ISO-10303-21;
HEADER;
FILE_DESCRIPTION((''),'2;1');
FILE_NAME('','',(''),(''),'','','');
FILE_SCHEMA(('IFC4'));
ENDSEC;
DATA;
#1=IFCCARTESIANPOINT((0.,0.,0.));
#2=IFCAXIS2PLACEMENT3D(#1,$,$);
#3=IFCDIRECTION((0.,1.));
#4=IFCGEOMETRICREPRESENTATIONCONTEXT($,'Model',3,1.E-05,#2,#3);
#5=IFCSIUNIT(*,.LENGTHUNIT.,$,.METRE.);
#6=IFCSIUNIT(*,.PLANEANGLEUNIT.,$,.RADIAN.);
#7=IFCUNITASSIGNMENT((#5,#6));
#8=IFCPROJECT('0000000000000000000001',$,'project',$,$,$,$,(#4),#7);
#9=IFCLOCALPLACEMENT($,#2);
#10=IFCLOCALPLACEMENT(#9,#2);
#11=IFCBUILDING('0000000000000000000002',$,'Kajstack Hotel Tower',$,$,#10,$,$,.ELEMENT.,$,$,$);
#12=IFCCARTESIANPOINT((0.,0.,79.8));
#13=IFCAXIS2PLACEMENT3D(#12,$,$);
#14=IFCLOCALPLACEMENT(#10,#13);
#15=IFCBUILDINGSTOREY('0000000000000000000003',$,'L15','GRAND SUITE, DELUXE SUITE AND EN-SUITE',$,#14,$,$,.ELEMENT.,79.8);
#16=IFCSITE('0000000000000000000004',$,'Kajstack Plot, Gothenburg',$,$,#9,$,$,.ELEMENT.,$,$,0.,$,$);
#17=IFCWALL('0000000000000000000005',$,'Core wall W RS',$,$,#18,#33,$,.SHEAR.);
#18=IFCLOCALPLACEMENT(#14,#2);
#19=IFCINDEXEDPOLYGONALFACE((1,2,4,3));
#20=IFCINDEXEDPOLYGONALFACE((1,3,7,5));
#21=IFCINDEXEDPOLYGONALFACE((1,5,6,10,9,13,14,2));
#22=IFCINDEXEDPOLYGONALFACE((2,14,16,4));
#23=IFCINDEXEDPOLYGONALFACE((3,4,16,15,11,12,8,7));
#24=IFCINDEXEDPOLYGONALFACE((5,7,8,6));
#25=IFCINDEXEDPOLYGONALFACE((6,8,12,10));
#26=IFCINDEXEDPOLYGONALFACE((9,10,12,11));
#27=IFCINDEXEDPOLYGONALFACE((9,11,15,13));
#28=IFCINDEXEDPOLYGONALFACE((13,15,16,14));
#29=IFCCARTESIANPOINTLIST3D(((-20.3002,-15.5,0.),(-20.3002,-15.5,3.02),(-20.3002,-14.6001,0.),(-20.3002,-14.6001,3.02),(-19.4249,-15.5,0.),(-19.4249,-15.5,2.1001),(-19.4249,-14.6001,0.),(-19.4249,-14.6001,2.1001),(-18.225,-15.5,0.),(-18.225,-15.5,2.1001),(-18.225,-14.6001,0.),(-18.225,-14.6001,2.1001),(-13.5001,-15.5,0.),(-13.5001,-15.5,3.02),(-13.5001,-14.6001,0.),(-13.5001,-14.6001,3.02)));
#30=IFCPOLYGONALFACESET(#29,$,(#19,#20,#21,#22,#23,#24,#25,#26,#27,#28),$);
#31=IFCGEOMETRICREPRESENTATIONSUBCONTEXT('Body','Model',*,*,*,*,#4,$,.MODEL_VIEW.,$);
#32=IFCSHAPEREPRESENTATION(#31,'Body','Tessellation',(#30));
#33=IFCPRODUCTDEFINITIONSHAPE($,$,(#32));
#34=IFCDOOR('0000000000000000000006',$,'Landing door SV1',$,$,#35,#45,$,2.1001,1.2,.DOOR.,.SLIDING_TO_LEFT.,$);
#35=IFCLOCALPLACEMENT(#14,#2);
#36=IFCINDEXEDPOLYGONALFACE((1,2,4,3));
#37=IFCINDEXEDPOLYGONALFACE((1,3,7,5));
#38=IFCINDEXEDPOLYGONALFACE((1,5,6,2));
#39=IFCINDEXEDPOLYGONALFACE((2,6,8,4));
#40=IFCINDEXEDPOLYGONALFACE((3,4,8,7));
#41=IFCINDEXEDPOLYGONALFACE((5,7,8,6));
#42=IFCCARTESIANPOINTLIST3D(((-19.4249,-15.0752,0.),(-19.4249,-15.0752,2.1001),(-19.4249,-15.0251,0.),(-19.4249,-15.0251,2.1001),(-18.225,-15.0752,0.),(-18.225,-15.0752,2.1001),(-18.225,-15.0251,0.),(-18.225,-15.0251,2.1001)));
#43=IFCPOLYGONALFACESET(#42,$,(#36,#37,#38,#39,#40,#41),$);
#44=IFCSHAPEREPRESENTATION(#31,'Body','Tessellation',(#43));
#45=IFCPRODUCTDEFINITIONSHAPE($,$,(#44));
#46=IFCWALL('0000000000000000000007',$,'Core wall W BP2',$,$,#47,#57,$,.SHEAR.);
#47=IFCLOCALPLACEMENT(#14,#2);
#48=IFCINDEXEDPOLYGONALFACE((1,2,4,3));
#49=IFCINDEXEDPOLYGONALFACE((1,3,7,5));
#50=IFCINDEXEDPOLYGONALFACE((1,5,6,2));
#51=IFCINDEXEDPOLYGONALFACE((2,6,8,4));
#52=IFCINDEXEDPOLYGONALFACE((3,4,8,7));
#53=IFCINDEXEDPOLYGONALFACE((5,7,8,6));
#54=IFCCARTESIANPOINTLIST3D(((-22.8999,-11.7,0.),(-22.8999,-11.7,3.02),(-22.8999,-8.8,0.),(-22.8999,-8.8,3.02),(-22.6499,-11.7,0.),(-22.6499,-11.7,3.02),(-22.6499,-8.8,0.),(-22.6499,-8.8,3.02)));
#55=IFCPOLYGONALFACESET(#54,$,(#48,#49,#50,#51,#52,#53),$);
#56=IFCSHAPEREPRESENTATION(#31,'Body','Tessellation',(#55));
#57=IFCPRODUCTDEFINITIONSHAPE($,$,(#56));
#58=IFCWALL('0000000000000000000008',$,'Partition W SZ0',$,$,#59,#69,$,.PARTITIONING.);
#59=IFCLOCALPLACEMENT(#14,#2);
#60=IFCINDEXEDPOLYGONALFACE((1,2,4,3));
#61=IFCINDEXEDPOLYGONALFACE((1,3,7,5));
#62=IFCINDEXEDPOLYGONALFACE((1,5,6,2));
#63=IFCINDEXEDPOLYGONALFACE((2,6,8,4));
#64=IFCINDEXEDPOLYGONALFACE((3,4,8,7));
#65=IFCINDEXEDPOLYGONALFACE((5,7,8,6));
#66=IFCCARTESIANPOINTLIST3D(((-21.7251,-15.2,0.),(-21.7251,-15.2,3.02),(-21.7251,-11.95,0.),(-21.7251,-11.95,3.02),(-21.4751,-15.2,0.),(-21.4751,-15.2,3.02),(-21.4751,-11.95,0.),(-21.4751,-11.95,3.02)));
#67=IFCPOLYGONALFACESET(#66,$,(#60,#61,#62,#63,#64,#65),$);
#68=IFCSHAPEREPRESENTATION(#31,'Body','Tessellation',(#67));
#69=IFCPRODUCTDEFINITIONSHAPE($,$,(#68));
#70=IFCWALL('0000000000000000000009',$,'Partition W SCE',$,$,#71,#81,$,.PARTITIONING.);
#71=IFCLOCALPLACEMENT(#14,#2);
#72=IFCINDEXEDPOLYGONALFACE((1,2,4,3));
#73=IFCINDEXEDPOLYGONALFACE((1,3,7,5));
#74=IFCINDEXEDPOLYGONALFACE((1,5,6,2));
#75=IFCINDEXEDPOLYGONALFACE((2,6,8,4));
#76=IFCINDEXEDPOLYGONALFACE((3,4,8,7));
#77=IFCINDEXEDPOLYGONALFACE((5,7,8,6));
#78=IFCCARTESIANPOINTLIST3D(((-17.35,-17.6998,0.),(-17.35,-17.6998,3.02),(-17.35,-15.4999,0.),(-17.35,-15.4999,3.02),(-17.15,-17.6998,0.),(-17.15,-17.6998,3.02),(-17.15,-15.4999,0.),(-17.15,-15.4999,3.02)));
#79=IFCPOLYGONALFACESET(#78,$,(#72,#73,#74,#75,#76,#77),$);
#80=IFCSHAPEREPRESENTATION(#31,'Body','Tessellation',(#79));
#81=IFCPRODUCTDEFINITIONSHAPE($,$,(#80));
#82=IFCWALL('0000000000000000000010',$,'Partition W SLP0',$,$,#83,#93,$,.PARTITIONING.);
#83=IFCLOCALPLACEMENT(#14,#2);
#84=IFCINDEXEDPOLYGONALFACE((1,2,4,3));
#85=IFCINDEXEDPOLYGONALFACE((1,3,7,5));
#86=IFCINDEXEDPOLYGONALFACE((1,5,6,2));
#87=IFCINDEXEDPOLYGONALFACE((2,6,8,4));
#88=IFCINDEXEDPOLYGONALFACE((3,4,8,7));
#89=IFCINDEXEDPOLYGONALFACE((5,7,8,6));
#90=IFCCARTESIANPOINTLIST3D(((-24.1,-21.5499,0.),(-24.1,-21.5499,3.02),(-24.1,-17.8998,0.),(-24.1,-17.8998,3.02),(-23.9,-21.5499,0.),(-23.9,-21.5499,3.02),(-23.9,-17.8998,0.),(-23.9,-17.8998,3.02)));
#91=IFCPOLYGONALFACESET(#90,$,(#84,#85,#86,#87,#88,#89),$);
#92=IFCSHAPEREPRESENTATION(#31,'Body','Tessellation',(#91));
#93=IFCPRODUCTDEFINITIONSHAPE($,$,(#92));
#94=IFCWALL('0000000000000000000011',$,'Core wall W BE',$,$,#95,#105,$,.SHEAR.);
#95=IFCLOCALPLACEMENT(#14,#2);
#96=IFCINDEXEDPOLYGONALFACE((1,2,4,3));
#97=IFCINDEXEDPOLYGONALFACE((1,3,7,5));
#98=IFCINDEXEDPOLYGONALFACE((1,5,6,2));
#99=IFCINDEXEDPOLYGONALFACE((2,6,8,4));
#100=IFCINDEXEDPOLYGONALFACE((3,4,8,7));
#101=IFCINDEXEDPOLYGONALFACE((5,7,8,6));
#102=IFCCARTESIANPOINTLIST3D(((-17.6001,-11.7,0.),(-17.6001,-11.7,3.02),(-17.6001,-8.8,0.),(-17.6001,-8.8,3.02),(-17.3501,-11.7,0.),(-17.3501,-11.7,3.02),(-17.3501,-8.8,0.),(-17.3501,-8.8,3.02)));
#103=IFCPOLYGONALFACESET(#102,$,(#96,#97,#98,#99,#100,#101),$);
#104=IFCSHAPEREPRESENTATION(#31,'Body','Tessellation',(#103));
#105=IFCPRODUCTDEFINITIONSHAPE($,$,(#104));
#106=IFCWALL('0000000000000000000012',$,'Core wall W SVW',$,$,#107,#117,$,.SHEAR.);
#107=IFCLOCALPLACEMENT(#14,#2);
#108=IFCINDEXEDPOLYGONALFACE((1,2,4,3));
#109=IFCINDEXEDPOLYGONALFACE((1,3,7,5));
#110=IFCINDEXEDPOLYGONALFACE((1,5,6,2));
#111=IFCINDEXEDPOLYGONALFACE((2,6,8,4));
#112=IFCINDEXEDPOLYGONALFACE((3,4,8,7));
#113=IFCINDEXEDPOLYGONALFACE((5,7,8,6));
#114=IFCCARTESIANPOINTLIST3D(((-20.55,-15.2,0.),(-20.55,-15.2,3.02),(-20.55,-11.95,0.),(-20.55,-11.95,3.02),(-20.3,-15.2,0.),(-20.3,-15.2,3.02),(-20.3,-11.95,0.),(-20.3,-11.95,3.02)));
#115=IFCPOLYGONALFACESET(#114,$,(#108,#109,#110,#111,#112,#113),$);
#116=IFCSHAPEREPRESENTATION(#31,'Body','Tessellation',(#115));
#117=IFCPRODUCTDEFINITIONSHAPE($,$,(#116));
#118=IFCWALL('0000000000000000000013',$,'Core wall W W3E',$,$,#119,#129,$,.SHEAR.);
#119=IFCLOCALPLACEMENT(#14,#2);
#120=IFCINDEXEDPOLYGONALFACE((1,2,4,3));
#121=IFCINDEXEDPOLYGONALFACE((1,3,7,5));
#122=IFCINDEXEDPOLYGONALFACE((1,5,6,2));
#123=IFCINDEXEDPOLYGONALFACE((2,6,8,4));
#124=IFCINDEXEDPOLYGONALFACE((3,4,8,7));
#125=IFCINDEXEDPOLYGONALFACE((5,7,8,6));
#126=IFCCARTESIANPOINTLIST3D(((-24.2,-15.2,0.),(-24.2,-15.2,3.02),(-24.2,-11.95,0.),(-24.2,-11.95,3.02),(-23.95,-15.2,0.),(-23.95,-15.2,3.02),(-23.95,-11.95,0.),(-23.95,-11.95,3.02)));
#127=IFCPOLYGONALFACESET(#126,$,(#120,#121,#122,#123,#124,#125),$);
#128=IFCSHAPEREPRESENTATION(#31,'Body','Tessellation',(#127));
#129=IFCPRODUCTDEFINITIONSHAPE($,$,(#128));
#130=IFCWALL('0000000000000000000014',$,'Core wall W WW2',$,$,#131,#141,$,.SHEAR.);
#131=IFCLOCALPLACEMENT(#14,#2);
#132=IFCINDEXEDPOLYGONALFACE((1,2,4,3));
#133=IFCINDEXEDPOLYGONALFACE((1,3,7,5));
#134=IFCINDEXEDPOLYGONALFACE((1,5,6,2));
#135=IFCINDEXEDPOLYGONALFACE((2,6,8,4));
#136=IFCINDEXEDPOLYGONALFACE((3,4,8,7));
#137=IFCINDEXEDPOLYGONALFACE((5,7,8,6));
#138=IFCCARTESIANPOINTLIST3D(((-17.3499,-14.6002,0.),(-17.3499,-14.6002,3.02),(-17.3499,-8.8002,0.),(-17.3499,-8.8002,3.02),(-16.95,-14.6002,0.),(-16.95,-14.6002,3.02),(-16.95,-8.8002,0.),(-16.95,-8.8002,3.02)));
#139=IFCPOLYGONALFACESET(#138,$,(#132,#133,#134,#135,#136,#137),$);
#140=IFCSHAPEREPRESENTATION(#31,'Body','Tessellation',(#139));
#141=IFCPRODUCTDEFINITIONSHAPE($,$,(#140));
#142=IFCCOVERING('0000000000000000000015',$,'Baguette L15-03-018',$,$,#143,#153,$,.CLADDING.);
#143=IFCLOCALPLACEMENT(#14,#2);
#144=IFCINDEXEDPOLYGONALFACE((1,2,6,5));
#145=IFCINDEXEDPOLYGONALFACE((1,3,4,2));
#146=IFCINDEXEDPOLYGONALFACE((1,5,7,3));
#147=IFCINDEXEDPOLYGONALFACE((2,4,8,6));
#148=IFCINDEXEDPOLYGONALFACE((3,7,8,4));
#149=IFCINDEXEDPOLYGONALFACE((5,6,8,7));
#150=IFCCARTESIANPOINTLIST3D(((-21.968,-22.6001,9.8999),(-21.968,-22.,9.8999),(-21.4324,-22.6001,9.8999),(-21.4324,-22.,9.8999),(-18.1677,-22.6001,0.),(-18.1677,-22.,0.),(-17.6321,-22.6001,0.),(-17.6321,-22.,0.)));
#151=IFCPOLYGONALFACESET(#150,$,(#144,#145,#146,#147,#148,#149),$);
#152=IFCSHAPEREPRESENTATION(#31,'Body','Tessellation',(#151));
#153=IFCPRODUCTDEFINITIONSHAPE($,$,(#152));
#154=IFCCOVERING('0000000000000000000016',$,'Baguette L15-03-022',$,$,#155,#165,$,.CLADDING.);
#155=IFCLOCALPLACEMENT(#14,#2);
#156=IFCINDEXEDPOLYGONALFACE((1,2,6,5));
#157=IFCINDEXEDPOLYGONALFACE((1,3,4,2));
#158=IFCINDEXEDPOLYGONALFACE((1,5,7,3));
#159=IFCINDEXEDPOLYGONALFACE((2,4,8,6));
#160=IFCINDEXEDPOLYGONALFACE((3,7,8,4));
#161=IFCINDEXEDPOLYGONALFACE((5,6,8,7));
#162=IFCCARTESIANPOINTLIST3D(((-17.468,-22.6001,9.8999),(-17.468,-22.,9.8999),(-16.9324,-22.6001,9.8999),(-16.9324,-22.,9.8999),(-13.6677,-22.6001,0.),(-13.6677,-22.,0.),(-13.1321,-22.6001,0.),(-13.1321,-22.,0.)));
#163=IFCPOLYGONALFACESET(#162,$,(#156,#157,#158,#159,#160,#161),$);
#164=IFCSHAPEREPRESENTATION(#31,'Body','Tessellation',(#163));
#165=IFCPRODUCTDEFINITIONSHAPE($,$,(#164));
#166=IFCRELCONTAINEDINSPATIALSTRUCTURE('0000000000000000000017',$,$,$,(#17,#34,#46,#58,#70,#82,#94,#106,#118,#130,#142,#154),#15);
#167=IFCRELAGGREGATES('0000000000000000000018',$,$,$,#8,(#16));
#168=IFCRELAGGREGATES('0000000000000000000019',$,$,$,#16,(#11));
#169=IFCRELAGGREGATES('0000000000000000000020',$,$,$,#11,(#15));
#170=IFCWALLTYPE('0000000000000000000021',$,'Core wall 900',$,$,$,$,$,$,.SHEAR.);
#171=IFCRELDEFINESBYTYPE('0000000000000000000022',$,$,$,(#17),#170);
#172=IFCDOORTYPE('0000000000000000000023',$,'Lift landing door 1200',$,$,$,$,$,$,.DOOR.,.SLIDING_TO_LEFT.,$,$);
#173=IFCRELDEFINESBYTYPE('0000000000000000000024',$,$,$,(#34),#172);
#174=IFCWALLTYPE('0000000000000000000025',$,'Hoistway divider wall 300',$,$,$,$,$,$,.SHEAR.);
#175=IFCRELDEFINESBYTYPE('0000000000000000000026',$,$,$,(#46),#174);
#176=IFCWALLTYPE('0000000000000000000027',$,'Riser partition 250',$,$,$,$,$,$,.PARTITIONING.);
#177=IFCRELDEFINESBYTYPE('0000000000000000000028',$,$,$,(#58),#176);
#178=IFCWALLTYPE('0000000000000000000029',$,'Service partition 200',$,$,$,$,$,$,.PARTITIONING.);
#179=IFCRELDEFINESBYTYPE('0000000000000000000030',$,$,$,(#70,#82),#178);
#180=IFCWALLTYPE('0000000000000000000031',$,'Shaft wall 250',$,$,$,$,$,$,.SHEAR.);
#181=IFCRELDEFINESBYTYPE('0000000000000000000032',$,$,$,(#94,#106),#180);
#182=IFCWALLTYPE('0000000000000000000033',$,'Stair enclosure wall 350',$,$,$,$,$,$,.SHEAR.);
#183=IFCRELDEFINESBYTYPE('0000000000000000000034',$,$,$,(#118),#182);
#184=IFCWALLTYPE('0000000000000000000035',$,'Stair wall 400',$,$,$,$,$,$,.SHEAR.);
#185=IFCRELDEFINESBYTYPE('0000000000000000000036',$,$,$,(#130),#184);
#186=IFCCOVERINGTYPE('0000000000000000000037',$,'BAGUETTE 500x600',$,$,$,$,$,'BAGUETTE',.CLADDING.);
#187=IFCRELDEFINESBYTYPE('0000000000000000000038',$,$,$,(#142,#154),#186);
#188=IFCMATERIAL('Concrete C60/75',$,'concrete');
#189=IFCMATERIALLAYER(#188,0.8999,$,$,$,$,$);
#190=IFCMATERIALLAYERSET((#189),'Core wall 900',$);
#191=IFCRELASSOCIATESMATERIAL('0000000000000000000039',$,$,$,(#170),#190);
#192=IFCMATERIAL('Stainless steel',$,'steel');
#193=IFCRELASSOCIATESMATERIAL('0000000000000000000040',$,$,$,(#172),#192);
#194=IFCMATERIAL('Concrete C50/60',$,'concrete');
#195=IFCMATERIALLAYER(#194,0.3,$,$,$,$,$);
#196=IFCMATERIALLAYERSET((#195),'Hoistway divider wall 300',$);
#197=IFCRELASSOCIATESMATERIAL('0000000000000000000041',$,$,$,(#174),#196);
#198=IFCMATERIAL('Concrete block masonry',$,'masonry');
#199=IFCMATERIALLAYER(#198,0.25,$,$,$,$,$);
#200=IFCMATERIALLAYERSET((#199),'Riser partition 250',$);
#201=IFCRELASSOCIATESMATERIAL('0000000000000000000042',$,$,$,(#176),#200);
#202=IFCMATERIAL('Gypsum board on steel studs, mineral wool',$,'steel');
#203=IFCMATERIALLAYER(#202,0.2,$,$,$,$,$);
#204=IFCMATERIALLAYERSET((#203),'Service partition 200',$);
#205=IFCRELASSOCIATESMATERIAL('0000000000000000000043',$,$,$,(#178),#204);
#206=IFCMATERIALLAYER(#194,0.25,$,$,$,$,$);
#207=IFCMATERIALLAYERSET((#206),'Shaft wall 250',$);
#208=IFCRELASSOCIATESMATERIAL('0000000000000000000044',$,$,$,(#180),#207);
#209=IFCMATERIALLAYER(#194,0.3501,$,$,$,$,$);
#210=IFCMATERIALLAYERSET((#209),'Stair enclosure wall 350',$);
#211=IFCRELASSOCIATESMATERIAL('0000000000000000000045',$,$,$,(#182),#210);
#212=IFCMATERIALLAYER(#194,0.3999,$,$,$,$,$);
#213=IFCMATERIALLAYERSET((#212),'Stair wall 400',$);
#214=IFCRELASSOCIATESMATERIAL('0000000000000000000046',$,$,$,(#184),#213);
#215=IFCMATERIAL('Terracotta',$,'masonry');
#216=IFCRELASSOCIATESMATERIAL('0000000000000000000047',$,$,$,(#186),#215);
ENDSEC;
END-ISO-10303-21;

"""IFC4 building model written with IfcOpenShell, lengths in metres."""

from ifc_helpers import new_model, si_unit, direction, frame, frame_2d, origin, origin_2d, place, context, subcontext, project, spatial, polyline, rectangle, outline, extrude, material, layer, layer_set, material_profile, profile_set, type_object, element, fill, save


model = new_model("IFC4")

# Units and contexts
model_context = context("Model", 3, precision=1e-05, world=origin(), true_north=direction((0.0, 1.0)))
body_context = subcontext(model_context, "Body", "Model", "MODEL_VIEW")
ifc_project = project(units=[si_unit("LENGTHUNIT", "METRE"), si_unit("PLANEANGLEUNIT", "RADIAN")], contexts=[model_context])

# Site, building, storey
site_placement = place(None, origin())
site = spatial("IfcSite", under=ifc_project, at=site_placement, Name="Kajstack Plot, Gothenburg", CompositionType="ELEMENT", RefElevation=0.0)
building_placement = place(site_placement, origin())
building = spatial("IfcBuilding", under=site, at=building_placement, Name="Kajstack Hotel Tower", CompositionType="ELEMENT")
storey_placement = place(building_placement, frame((0.0, 0.0, 79.8)))
storey = spatial("IfcBuildingStorey", under=building, at=storey_placement, Name="L15", Description="GRAND SUITE, DELUXE SUITE AND EN-SUITE", CompositionType="ELEMENT", Elevation=79.8)

# Wall, opening, door
ifc_material_1 = material(Name="Concrete C60/75", Category="concrete")
ifc_layer_1 = layer(ifc_material_1, 0.8999)
ifc_layer_set_1 = layer_set([ifc_layer_1], Name="Core wall 900")
wall_type_1 = type_object("IfcWallType", Name="Core wall 900", PredefinedType="SHEAR", material=ifc_layer_set_1)
wall_1_placement = place(storey_placement, frame((-20.3, -15.05, 0.0), z_axis=(0.0, 0.0, 1.0), x_axis=(1.0, 0.0, 0.0)))
wall_1 = element("IfcWall", 1, at=wall_1_placement, inside=storey, type_object=wall_type_1, Name="Core wall W RS", PredefinedType="SHEAR", context=body_context, shape_type="SweptSolid", body=[
    extrude(rectangle(XDim=6.8, YDim=0.8999, at=frame_2d((3.3999, 0.0))), origin(), (0.0, 0.0, 1.0), 3.02),
])
opening_placement = place(wall_1_placement, frame((0.875, 0.0, 0.0)))
opening = element("IfcOpeningElement", 2, at=opening_placement, cuts=wall_1, PredefinedType="OPENING", context=body_context, shape_type="SweptSolid", body=[
    extrude(rectangle(XDim=1.2, YDim=2.1001, at=frame_2d((0.6001, 1.05))), frame((0.0, 0.46, 0.0), z_axis=(0.0, -1.0, 0.0), x_axis=(1.0, 0.0, 0.0)), (0.0, 0.0, 1.0), 0.9199),
])
ifc_material_2 = material(Name="Stainless steel", Category="steel")
door_type = type_object("IfcDoorType", Name="Lift landing door 1200", OperationType="SLIDING_TO_LEFT", PredefinedType="DOOR", material=ifc_material_2)
door_placement = place(opening_placement, origin())
door = element("IfcDoor", 3, at=door_placement, inside=storey, type_object=door_type, Name="Landing door SV1", OperationType="SLIDING_TO_LEFT", OverallHeight=2.1001, OverallWidth=1.2, PredefinedType="DOOR", context=body_context, shape_type="SweptSolid", body=[
    extrude(rectangle(XDim=1.2, YDim=2.1001, at=frame_2d((0.6001, 1.05))), frame((0.0, 0.0249, 0.0), z_axis=(0.0, -1.0, 0.0), x_axis=(1.0, 0.0, 0.0)), (0.0, 0.0, 1.0), 0.05),
])
fill(opening, door)

# Walls
ifc_material_3 = material(Name="Concrete C50/60", Category="concrete")
ifc_layer_2 = layer(ifc_material_3, 0.3)
ifc_layer_set_2 = layer_set([ifc_layer_2], Name="Hoistway divider wall 300")
wall_type_2 = type_object("IfcWallType", Name="Hoistway divider wall 300", PredefinedType="SHEAR", material=ifc_layer_set_2)
wall_2_placement = place(storey_placement, frame((-22.7749, -11.7, 0.0), z_axis=(0.0, 0.0, 1.0), x_axis=(0.0, 1.0, 0.0)))
element("IfcWall", 4, at=wall_2_placement, inside=storey, type_object=wall_type_2, Name="Core wall W BP2", PredefinedType="SHEAR", context=body_context, shape_type="SweptSolid", body=[
    extrude(rectangle(XDim=2.8999, YDim=0.25, at=frame_2d((1.45, 0.0))), origin(), (0.0, 0.0, 1.0), 3.02),
])
ifc_material_4 = material(Name="Concrete block masonry", Category="masonry")
ifc_layer_3 = layer(ifc_material_4, 0.25)
ifc_layer_set_3 = layer_set([ifc_layer_3], Name="Riser partition 250")
wall_type_3 = type_object("IfcWallType", Name="Riser partition 250", PredefinedType="PARTITIONING", material=ifc_layer_set_3)
wall_3_placement = place(storey_placement, frame((-21.6001, -15.2, 0.0), z_axis=(0.0, 0.0, 1.0), x_axis=(0.0, 1.0, 0.0)))
element("IfcWall", 5, at=wall_3_placement, inside=storey, type_object=wall_type_3, Name="Partition W SZ0", PredefinedType="PARTITIONING", context=body_context, shape_type="SweptSolid", body=[
    extrude(rectangle(XDim=3.25, YDim=0.25, at=frame_2d((1.625, 0.0))), origin(), (0.0, 0.0, 1.0), 3.02),
])
ifc_material_5 = material(Name="Gypsum board on steel studs, mineral wool", Category="steel")
ifc_layer_4 = layer(ifc_material_5, 0.2)
ifc_layer_set_4 = layer_set([ifc_layer_4], Name="Service partition 200")
wall_type_4 = type_object("IfcWallType", Name="Service partition 200", PredefinedType="PARTITIONING", material=ifc_layer_set_4)
wall_4_placement = place(storey_placement, frame((-17.25, -17.7, 0.0), z_axis=(0.0, 0.0, 1.0), x_axis=(0.0, 1.0, 0.0)))
element("IfcWall", 6, at=wall_4_placement, inside=storey, type_object=wall_type_4, Name="Partition W SCE", PredefinedType="PARTITIONING", context=body_context, shape_type="SweptSolid", body=[
    extrude(rectangle(XDim=2.2, YDim=0.2, at=frame_2d((1.1001, 0.0))), origin(), (0.0, 0.0, 1.0), 3.02),
])
wall_5_placement = place(storey_placement, frame((-24.0, -21.55, 0.0), z_axis=(0.0, 0.0, 1.0), x_axis=(0.0, 1.0, 0.0)))
element("IfcWall", 7, at=wall_5_placement, inside=storey, type_object=wall_type_4, Name="Partition W SLP0", PredefinedType="PARTITIONING", context=body_context, shape_type="SweptSolid", body=[
    extrude(rectangle(XDim=3.6501, YDim=0.2, at=frame_2d((1.8252, 0.0))), origin(), (0.0, 0.0, 1.0), 3.02),
])
ifc_layer_5 = layer(ifc_material_3, 0.25)
ifc_layer_set_5 = layer_set([ifc_layer_5], Name="Shaft wall 250")
wall_type_5 = type_object("IfcWallType", Name="Shaft wall 250", PredefinedType="SHEAR", material=ifc_layer_set_5)
wall_6_placement = place(storey_placement, frame((-17.4751, -11.7, 0.0), z_axis=(0.0, 0.0, 1.0), x_axis=(0.0, 1.0, 0.0)))
element("IfcWall", 8, at=wall_6_placement, inside=storey, type_object=wall_type_5, Name="Core wall W BE", PredefinedType="SHEAR", context=body_context, shape_type="SweptSolid", body=[
    extrude(rectangle(XDim=2.8999, YDim=0.25, at=frame_2d((1.45, 0.0))), origin(), (0.0, 0.0, 1.0), 3.02),
])
wall_7_placement = place(storey_placement, frame((-20.425, -15.2, 0.0), z_axis=(0.0, 0.0, 1.0), x_axis=(0.0, 1.0, 0.0)))
element("IfcWall", 9, at=wall_7_placement, inside=storey, type_object=wall_type_5, Name="Core wall W SVW", PredefinedType="SHEAR", context=body_context, shape_type="SweptSolid", body=[
    extrude(rectangle(XDim=3.25, YDim=0.25, at=frame_2d((1.625, 0.0))), origin(), (0.0, 0.0, 1.0), 3.02),
])
ifc_layer_6 = layer(ifc_material_3, 0.3501)
ifc_layer_set_6 = layer_set([ifc_layer_6], Name="Stair enclosure wall 350")
wall_type_6 = type_object("IfcWallType", Name="Stair enclosure wall 350", PredefinedType="SHEAR", material=ifc_layer_set_6)
wall_8_placement = place(storey_placement, frame((-24.075, -15.2, 0.0), z_axis=(0.0, 0.0, 1.0), x_axis=(0.0, 1.0, 0.0)))
element("IfcWall", 10, at=wall_8_placement, inside=storey, type_object=wall_type_6, Name="Core wall W W3E", PredefinedType="SHEAR", context=body_context, shape_type="SweptSolid", body=[
    extrude(rectangle(XDim=3.25, YDim=0.25, at=frame_2d((1.625, 0.0))), origin(), (0.0, 0.0, 1.0), 3.02),
])
ifc_layer_7 = layer(ifc_material_3, 0.3999)
ifc_layer_set_7 = layer_set([ifc_layer_7], Name="Stair wall 400")
wall_type_7 = type_object("IfcWallType", Name="Stair wall 400", PredefinedType="SHEAR", material=ifc_layer_set_7)
wall_9_placement = place(storey_placement, frame((-17.1499, -14.6001, 0.0), z_axis=(0.0, 0.0, 1.0), x_axis=(0.0, 1.0, 0.0)))
element("IfcWall", 11, at=wall_9_placement, inside=storey, type_object=wall_type_7, Name="Core wall W WW2", PredefinedType="SHEAR", context=body_context, shape_type="SweptSolid", body=[
    extrude(rectangle(XDim=5.8, YDim=0.3999, at=frame_2d((2.8999, 0.0))), origin(), (0.0, 0.0, 1.0), 3.02),
])

# Coverings
ifc_material_6 = material(Name="Terracotta", Category="masonry")
ifc_material_profile = material_profile(ifc_material_6, rectangle(XDim=0.6001, YDim=0.5, at=origin_2d()), Name="Terracotta-clad concrete baguette 500 x 600")
ifc_profile_set = profile_set([ifc_material_profile], Name="Terracotta")
covering_type = type_object("IfcCoveringType", Name="BAGUETTE 500x600", ElementType="BAGUETTE", PredefinedType="CLADDING", material=ifc_profile_set)
for number, where, z_axis, x_axis, name in (
    (12, (-21.968, -22.0, 0.0), (0.0, -1.0, 0.0), (1.0, 0.0, 0.0), "Baguette L15-03-018"),
    (13, (-17.468, -22.0, 0.0), (0.0, -1.0, 0.0), (1.0, 0.0, 0.0), "Baguette L15-03-022"),
):
    element("IfcCovering", number, at=place(storey_placement, frame(where, z_axis=z_axis, x_axis=x_axis)), inside=storey, type_object=covering_type, Name=name, PredefinedType="CLADDING", context=body_context, shape_type="SweptSolid", body=[
        extrude(outline(polyline([(0.0, 9.8999), (3.8003, 0.0), (4.3359, 0.0), (0.5356, 9.8999), (0.0, 9.8999)])), origin(), (0.0, 0.0, 1.0), 0.6001),
    ])

save(model, "model.ifc")
